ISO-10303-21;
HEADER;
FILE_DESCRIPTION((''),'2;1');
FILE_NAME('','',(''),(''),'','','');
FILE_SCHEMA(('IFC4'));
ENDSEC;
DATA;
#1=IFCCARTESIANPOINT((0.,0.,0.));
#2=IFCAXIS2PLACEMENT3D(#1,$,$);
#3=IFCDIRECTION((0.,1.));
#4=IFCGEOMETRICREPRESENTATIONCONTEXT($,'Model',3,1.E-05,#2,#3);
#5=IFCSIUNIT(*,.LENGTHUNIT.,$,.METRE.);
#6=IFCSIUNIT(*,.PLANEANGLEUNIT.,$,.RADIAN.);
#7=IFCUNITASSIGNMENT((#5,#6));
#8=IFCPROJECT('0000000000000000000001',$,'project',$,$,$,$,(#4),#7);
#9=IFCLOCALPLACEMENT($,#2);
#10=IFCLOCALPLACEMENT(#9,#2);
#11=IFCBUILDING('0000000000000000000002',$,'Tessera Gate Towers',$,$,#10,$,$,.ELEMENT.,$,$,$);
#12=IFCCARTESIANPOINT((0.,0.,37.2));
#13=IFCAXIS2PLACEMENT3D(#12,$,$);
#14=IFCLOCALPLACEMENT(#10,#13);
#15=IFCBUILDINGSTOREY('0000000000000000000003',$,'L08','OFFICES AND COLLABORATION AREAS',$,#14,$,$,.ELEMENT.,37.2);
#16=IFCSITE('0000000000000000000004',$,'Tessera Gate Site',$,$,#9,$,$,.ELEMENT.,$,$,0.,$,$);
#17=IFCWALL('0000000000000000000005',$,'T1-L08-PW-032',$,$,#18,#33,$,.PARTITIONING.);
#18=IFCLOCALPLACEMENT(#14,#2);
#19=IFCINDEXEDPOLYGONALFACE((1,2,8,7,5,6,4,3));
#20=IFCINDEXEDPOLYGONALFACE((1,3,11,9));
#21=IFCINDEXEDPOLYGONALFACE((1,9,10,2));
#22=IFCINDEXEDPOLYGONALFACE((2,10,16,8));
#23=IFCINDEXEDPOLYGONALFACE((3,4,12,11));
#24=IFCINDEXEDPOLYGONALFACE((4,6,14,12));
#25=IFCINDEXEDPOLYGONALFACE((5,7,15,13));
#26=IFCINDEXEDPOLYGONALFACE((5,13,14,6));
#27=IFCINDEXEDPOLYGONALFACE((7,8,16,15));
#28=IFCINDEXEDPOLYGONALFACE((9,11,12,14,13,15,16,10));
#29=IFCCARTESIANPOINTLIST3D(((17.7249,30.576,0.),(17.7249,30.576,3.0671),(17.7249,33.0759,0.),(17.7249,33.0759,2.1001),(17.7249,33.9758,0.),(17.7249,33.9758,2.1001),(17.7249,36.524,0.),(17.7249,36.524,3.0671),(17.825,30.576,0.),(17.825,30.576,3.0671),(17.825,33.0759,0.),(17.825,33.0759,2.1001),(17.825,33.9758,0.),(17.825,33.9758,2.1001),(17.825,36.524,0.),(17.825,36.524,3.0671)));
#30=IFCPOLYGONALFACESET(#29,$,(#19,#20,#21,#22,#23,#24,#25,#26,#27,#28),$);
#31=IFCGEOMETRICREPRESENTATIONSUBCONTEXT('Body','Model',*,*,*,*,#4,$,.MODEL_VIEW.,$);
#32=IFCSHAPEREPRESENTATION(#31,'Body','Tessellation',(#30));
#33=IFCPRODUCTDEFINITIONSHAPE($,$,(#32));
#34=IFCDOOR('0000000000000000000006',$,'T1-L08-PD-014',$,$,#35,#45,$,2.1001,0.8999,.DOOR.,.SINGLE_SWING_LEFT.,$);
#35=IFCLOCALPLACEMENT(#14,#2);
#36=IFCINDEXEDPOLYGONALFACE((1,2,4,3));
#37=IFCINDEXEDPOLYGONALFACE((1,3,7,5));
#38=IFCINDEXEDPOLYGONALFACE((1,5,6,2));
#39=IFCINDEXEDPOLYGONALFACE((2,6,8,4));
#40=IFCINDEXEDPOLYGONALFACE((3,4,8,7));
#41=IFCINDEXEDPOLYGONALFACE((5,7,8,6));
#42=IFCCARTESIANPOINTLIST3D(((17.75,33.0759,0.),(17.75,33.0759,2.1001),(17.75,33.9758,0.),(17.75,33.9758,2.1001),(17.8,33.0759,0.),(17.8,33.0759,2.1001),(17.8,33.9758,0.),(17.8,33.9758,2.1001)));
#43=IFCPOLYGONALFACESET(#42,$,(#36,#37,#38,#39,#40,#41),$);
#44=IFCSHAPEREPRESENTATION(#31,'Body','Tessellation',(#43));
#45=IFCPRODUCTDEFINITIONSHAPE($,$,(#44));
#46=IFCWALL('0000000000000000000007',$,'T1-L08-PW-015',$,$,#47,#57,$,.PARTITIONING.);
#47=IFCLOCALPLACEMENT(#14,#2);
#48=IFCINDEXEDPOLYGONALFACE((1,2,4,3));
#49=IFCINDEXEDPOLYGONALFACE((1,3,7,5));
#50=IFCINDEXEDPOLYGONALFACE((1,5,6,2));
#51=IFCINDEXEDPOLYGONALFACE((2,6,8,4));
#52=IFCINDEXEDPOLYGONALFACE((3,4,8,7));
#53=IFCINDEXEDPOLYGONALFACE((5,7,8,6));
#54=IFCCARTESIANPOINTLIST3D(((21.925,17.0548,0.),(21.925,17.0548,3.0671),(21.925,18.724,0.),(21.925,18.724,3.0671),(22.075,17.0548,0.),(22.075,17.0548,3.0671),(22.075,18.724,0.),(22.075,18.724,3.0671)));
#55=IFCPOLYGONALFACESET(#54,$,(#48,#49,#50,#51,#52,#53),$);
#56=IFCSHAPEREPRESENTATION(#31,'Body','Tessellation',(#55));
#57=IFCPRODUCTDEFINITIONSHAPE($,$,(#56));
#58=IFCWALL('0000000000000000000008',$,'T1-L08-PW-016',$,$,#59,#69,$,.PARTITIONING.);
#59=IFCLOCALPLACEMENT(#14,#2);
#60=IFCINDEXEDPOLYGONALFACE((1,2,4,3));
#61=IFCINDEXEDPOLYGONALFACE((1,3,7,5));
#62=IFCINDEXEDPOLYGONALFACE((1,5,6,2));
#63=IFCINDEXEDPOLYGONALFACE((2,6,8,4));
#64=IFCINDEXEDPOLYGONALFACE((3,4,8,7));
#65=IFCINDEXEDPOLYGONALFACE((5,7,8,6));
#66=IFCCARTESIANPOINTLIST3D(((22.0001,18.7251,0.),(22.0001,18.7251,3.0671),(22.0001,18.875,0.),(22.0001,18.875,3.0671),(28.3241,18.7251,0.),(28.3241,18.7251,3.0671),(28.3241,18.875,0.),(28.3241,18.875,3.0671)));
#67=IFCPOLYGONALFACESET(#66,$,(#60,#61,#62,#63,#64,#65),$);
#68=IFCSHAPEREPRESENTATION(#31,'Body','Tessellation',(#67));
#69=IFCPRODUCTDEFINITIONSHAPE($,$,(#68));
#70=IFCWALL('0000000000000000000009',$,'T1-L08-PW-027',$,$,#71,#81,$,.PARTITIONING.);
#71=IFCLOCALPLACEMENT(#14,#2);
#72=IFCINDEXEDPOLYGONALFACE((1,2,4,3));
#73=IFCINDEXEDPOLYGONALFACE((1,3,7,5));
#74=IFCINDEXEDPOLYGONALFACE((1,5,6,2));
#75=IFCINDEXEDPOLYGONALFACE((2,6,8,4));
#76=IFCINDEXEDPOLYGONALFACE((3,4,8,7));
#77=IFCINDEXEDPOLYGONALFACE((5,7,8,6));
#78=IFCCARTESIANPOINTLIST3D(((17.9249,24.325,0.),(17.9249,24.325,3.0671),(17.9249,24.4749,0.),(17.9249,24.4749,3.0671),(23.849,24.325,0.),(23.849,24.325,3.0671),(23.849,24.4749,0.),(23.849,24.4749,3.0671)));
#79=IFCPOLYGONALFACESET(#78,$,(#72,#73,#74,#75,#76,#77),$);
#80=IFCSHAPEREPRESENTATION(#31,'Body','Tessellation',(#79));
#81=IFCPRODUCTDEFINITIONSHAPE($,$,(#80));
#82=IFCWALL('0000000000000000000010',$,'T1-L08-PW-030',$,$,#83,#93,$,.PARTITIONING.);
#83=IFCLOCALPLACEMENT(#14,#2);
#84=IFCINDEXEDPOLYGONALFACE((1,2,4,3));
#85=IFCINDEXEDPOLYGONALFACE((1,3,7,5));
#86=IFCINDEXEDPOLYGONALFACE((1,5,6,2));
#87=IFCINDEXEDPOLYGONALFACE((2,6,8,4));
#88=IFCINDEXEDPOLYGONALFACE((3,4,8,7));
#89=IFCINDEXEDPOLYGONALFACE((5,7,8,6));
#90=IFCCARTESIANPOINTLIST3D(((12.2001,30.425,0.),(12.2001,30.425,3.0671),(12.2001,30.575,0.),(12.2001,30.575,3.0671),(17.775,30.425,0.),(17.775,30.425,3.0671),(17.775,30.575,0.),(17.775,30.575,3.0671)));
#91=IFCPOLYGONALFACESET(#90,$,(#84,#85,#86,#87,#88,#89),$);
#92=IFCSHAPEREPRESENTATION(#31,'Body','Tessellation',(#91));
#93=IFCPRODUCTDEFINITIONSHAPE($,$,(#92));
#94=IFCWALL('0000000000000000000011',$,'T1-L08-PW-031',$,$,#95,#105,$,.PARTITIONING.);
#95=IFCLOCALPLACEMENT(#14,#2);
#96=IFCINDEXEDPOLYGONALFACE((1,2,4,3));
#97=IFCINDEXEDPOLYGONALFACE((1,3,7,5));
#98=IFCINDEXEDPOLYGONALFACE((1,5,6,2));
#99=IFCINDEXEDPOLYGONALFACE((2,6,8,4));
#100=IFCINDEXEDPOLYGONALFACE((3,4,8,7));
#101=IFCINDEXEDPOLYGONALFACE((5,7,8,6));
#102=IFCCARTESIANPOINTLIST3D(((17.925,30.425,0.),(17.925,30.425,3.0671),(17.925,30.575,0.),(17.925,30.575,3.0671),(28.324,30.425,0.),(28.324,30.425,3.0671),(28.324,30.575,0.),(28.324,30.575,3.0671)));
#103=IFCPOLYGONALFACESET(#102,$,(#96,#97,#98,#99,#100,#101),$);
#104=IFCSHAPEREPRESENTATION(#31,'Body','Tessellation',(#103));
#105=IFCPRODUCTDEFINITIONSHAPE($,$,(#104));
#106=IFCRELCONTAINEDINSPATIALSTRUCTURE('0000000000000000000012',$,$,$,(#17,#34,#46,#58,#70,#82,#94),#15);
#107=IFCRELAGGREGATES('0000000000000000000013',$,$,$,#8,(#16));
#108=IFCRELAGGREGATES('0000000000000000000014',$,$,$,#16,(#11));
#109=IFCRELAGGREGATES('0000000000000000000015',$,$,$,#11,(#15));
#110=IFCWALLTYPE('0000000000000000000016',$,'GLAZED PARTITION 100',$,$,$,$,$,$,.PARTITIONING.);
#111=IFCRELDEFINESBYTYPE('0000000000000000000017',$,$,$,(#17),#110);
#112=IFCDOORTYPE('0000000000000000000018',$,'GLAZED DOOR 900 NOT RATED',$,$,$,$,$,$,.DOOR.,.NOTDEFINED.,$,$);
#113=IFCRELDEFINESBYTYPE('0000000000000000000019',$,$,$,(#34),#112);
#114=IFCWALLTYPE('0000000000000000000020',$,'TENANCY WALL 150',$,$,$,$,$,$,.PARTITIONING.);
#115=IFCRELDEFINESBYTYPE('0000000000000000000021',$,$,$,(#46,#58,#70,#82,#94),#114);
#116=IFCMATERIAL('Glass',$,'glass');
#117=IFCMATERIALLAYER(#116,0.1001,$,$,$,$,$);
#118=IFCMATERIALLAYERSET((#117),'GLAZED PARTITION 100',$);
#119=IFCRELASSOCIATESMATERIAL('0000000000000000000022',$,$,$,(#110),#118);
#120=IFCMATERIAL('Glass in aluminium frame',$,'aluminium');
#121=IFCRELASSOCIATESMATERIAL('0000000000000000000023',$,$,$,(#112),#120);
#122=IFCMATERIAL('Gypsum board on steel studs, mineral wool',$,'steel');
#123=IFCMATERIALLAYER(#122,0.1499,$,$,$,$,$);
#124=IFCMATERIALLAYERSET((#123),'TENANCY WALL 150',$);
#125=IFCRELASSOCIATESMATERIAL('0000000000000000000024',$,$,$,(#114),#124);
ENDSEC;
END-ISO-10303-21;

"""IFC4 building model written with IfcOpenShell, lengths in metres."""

from ifc_helpers import new_model, si_unit, direction, frame, frame_2d, origin, place, context, subcontext, project, spatial, rectangle, extrude, source, transform, mapped, material, layer, layer_set, type_object, element, fill, save


model = new_model("IFC4")

# Units and contexts
model_context = context("Model", 3, precision=1e-05, world=origin(), true_north=direction((0.0, 1.0)))
body_context = subcontext(model_context, "Body", "Model", "MODEL_VIEW")
ifc_project = project(units=[si_unit("LENGTHUNIT", "METRE"), si_unit("PLANEANGLEUNIT", "RADIAN")], contexts=[model_context])

# Site, building, storey
site_placement = place(None, origin())
site = spatial("IfcSite", under=ifc_project, at=site_placement, Name="Tessera Gate Site", CompositionType="ELEMENT", RefElevation=0.0)
building_placement = place(site_placement, origin())
building = spatial("IfcBuilding", under=site, at=building_placement, Name="Tessera Gate Towers", CompositionType="ELEMENT")
storey_placement = place(building_placement, frame((0.0, 0.0, 37.2)))
storey = spatial("IfcBuildingStorey", under=building, at=storey_placement, Name="L08", Description="OFFICES AND COLLABORATION AREAS", CompositionType="ELEMENT", Elevation=37.2)

# Shared definitions
ifc_material_1 = material(Name="Glass", Category="glass")
ifc_layer_1 = layer(ifc_material_1, 0.1001)
ifc_layer_set_1 = layer_set([ifc_layer_1], Name="GLAZED PARTITION 100")
wall_type_1 = type_object("IfcWallType", Name="GLAZED PARTITION 100", PredefinedType="PARTITIONING", material=ifc_layer_set_1)
shared_shape_1 = source(origin(), body_context, "Body", "SweptSolid", [
    extrude(rectangle(XDim=0.8999, YDim=2.1001, at=frame_2d((0.45, 1.05))), frame((0.0, 0.0601, 0.0), z_axis=(0.0, -1.0, 0.0), x_axis=(1.0, 0.0, 0.0)), (0.0, 0.0, 1.0), 0.1201),
])
ifc_material_2 = material(Name="Glass in aluminium frame", Category="aluminium")
door_type = type_object("IfcDoorType", Name="GLAZED DOOR 900 NOT RATED", OperationType="NOTDEFINED", PredefinedType="DOOR", material=ifc_material_2)
shared_shape_2 = source(origin(), body_context, "Body", "SweptSolid", [
    extrude(rectangle(XDim=0.8999, YDim=2.1001, at=frame_2d((0.45, 1.05))), frame((0.0, 0.0249, 0.0), z_axis=(0.0, -1.0, 0.0), x_axis=(1.0, 0.0, 0.0)), (0.0, 0.0, 1.0), 0.05),
])

# Wall, opening, door
wall_1_placement = place(storey_placement, frame((17.7749, 30.5759, 0.0), z_axis=(0.0, 0.0, 1.0), x_axis=(0.0, 1.0, 0.0)))
wall_1 = element("IfcWall", 1, at=wall_1_placement, inside=storey, type_object=wall_type_1, Name="T1-L08-PW-032", PredefinedType="PARTITIONING", context=body_context, shape_type="SweptSolid", body=[
    extrude(rectangle(XDim=5.948, YDim=0.1001, at=frame_2d((2.9741, 0.0))), origin(), (0.0, 0.0, 1.0), 3.0671),
])
opening_1_placement = place(wall_1_placement, frame((2.5, 0.0, 0.0)))
opening_1 = element("IfcOpeningElement", 2, at=opening_1_placement, cuts=wall_1, PredefinedType="OPENING", context=body_context, shape_type="MappedRepresentation", body=[
    mapped(shared_shape_1, transform((0.0, 0.0, 0.0), scale=1.0)),
])
door_1_placement = place(opening_1_placement, origin())
door_1 = element("IfcDoor", 3, at=door_1_placement, inside=storey, type_object=door_type, Name="T1-L08-PD-014", OperationType="SINGLE_SWING_LEFT", OverallHeight=2.1001, OverallWidth=0.8999, PredefinedType="DOOR", context=body_context, shape_type="MappedRepresentation", body=[
    mapped(shared_shape_2, transform((0.0, 0.0, 0.0), scale=1.0)),
])
fill(opening_1, door_1)

# Walls
ifc_material_3 = material(Name="Gypsum board on steel studs, mineral wool", Category="steel")
ifc_layer_2 = layer(ifc_material_3, 0.1499)
ifc_layer_set_2 = layer_set([ifc_layer_2], Name="TENANCY WALL 150")
wall_type_2 = type_object("IfcWallType", Name="TENANCY WALL 150", PredefinedType="PARTITIONING", material=ifc_layer_set_2)
wall_2_placement = place(storey_placement, frame((22.0, 17.0549, 0.0), z_axis=(0.0, 0.0, 1.0), x_axis=(0.0, 1.0, 0.0)))
element("IfcWall", 4, at=wall_2_placement, inside=storey, type_object=wall_type_2, Name="T1-L08-PW-015", PredefinedType="PARTITIONING", context=body_context, shape_type="SweptSolid", body=[
    extrude(rectangle(XDim=1.6692, YDim=0.1499, at=frame_2d((0.8345, 0.0))), origin(), (0.0, 0.0, 1.0), 3.0671),
])
wall_3_placement = place(storey_placement, frame((22.0, 18.8, 0.0), z_axis=(0.0, 0.0, 1.0), x_axis=(1.0, 0.0, 0.0)))
element("IfcWall", 5, at=wall_3_placement, inside=storey, type_object=wall_type_2, Name="T1-L08-PW-016", PredefinedType="PARTITIONING", context=body_context, shape_type="SweptSolid", body=[
    extrude(rectangle(XDim=6.324, YDim=0.1499, at=frame_2d((3.1621, 0.0))), origin(), (0.0, 0.0, 1.0), 3.0671),
])
wall_4_placement = place(storey_placement, frame((17.925, 24.3999, 0.0), z_axis=(0.0, 0.0, 1.0), x_axis=(1.0, 0.0, 0.0)))
element("IfcWall", 6, at=wall_4_placement, inside=storey, type_object=wall_type_2, Name="T1-L08-PW-027", PredefinedType="PARTITIONING", context=body_context, shape_type="SweptSolid", body=[
    extrude(rectangle(XDim=5.9241, YDim=0.1499, at=frame_2d((2.9619, 0.0))), origin(), (0.0, 0.0, 1.0), 3.0671),
])
wall_5_placement = place(storey_placement, frame((12.2, 30.5, 0.0), z_axis=(0.0, 0.0, 1.0), x_axis=(1.0, 0.0, 0.0)))
element("IfcWall", 7, at=wall_5_placement, inside=storey, type_object=wall_type_2, Name="T1-L08-PW-030", PredefinedType="PARTITIONING", context=body_context, shape_type="SweptSolid", body=[
    extrude(rectangle(XDim=5.575, YDim=0.1499, at=frame_2d((2.7876, 0.0))), origin(), (0.0, 0.0, 1.0), 3.0671),
])
wall_6_placement = place(storey_placement, frame((17.925, 30.5, 0.0), z_axis=(0.0, 0.0, 1.0), x_axis=(1.0, 0.0, 0.0)))
element("IfcWall", 8, at=wall_6_placement, inside=storey, type_object=wall_type_2, Name="T1-L08-PW-031", PredefinedType="PARTITIONING", context=body_context, shape_type="SweptSolid", body=[
    extrude(rectangle(XDim=10.3989, YDim=0.1499, at=frame_2d((5.1995, 0.0))), origin(), (0.0, 0.0, 1.0), 3.0671),
])

save(model, "model.ifc")
